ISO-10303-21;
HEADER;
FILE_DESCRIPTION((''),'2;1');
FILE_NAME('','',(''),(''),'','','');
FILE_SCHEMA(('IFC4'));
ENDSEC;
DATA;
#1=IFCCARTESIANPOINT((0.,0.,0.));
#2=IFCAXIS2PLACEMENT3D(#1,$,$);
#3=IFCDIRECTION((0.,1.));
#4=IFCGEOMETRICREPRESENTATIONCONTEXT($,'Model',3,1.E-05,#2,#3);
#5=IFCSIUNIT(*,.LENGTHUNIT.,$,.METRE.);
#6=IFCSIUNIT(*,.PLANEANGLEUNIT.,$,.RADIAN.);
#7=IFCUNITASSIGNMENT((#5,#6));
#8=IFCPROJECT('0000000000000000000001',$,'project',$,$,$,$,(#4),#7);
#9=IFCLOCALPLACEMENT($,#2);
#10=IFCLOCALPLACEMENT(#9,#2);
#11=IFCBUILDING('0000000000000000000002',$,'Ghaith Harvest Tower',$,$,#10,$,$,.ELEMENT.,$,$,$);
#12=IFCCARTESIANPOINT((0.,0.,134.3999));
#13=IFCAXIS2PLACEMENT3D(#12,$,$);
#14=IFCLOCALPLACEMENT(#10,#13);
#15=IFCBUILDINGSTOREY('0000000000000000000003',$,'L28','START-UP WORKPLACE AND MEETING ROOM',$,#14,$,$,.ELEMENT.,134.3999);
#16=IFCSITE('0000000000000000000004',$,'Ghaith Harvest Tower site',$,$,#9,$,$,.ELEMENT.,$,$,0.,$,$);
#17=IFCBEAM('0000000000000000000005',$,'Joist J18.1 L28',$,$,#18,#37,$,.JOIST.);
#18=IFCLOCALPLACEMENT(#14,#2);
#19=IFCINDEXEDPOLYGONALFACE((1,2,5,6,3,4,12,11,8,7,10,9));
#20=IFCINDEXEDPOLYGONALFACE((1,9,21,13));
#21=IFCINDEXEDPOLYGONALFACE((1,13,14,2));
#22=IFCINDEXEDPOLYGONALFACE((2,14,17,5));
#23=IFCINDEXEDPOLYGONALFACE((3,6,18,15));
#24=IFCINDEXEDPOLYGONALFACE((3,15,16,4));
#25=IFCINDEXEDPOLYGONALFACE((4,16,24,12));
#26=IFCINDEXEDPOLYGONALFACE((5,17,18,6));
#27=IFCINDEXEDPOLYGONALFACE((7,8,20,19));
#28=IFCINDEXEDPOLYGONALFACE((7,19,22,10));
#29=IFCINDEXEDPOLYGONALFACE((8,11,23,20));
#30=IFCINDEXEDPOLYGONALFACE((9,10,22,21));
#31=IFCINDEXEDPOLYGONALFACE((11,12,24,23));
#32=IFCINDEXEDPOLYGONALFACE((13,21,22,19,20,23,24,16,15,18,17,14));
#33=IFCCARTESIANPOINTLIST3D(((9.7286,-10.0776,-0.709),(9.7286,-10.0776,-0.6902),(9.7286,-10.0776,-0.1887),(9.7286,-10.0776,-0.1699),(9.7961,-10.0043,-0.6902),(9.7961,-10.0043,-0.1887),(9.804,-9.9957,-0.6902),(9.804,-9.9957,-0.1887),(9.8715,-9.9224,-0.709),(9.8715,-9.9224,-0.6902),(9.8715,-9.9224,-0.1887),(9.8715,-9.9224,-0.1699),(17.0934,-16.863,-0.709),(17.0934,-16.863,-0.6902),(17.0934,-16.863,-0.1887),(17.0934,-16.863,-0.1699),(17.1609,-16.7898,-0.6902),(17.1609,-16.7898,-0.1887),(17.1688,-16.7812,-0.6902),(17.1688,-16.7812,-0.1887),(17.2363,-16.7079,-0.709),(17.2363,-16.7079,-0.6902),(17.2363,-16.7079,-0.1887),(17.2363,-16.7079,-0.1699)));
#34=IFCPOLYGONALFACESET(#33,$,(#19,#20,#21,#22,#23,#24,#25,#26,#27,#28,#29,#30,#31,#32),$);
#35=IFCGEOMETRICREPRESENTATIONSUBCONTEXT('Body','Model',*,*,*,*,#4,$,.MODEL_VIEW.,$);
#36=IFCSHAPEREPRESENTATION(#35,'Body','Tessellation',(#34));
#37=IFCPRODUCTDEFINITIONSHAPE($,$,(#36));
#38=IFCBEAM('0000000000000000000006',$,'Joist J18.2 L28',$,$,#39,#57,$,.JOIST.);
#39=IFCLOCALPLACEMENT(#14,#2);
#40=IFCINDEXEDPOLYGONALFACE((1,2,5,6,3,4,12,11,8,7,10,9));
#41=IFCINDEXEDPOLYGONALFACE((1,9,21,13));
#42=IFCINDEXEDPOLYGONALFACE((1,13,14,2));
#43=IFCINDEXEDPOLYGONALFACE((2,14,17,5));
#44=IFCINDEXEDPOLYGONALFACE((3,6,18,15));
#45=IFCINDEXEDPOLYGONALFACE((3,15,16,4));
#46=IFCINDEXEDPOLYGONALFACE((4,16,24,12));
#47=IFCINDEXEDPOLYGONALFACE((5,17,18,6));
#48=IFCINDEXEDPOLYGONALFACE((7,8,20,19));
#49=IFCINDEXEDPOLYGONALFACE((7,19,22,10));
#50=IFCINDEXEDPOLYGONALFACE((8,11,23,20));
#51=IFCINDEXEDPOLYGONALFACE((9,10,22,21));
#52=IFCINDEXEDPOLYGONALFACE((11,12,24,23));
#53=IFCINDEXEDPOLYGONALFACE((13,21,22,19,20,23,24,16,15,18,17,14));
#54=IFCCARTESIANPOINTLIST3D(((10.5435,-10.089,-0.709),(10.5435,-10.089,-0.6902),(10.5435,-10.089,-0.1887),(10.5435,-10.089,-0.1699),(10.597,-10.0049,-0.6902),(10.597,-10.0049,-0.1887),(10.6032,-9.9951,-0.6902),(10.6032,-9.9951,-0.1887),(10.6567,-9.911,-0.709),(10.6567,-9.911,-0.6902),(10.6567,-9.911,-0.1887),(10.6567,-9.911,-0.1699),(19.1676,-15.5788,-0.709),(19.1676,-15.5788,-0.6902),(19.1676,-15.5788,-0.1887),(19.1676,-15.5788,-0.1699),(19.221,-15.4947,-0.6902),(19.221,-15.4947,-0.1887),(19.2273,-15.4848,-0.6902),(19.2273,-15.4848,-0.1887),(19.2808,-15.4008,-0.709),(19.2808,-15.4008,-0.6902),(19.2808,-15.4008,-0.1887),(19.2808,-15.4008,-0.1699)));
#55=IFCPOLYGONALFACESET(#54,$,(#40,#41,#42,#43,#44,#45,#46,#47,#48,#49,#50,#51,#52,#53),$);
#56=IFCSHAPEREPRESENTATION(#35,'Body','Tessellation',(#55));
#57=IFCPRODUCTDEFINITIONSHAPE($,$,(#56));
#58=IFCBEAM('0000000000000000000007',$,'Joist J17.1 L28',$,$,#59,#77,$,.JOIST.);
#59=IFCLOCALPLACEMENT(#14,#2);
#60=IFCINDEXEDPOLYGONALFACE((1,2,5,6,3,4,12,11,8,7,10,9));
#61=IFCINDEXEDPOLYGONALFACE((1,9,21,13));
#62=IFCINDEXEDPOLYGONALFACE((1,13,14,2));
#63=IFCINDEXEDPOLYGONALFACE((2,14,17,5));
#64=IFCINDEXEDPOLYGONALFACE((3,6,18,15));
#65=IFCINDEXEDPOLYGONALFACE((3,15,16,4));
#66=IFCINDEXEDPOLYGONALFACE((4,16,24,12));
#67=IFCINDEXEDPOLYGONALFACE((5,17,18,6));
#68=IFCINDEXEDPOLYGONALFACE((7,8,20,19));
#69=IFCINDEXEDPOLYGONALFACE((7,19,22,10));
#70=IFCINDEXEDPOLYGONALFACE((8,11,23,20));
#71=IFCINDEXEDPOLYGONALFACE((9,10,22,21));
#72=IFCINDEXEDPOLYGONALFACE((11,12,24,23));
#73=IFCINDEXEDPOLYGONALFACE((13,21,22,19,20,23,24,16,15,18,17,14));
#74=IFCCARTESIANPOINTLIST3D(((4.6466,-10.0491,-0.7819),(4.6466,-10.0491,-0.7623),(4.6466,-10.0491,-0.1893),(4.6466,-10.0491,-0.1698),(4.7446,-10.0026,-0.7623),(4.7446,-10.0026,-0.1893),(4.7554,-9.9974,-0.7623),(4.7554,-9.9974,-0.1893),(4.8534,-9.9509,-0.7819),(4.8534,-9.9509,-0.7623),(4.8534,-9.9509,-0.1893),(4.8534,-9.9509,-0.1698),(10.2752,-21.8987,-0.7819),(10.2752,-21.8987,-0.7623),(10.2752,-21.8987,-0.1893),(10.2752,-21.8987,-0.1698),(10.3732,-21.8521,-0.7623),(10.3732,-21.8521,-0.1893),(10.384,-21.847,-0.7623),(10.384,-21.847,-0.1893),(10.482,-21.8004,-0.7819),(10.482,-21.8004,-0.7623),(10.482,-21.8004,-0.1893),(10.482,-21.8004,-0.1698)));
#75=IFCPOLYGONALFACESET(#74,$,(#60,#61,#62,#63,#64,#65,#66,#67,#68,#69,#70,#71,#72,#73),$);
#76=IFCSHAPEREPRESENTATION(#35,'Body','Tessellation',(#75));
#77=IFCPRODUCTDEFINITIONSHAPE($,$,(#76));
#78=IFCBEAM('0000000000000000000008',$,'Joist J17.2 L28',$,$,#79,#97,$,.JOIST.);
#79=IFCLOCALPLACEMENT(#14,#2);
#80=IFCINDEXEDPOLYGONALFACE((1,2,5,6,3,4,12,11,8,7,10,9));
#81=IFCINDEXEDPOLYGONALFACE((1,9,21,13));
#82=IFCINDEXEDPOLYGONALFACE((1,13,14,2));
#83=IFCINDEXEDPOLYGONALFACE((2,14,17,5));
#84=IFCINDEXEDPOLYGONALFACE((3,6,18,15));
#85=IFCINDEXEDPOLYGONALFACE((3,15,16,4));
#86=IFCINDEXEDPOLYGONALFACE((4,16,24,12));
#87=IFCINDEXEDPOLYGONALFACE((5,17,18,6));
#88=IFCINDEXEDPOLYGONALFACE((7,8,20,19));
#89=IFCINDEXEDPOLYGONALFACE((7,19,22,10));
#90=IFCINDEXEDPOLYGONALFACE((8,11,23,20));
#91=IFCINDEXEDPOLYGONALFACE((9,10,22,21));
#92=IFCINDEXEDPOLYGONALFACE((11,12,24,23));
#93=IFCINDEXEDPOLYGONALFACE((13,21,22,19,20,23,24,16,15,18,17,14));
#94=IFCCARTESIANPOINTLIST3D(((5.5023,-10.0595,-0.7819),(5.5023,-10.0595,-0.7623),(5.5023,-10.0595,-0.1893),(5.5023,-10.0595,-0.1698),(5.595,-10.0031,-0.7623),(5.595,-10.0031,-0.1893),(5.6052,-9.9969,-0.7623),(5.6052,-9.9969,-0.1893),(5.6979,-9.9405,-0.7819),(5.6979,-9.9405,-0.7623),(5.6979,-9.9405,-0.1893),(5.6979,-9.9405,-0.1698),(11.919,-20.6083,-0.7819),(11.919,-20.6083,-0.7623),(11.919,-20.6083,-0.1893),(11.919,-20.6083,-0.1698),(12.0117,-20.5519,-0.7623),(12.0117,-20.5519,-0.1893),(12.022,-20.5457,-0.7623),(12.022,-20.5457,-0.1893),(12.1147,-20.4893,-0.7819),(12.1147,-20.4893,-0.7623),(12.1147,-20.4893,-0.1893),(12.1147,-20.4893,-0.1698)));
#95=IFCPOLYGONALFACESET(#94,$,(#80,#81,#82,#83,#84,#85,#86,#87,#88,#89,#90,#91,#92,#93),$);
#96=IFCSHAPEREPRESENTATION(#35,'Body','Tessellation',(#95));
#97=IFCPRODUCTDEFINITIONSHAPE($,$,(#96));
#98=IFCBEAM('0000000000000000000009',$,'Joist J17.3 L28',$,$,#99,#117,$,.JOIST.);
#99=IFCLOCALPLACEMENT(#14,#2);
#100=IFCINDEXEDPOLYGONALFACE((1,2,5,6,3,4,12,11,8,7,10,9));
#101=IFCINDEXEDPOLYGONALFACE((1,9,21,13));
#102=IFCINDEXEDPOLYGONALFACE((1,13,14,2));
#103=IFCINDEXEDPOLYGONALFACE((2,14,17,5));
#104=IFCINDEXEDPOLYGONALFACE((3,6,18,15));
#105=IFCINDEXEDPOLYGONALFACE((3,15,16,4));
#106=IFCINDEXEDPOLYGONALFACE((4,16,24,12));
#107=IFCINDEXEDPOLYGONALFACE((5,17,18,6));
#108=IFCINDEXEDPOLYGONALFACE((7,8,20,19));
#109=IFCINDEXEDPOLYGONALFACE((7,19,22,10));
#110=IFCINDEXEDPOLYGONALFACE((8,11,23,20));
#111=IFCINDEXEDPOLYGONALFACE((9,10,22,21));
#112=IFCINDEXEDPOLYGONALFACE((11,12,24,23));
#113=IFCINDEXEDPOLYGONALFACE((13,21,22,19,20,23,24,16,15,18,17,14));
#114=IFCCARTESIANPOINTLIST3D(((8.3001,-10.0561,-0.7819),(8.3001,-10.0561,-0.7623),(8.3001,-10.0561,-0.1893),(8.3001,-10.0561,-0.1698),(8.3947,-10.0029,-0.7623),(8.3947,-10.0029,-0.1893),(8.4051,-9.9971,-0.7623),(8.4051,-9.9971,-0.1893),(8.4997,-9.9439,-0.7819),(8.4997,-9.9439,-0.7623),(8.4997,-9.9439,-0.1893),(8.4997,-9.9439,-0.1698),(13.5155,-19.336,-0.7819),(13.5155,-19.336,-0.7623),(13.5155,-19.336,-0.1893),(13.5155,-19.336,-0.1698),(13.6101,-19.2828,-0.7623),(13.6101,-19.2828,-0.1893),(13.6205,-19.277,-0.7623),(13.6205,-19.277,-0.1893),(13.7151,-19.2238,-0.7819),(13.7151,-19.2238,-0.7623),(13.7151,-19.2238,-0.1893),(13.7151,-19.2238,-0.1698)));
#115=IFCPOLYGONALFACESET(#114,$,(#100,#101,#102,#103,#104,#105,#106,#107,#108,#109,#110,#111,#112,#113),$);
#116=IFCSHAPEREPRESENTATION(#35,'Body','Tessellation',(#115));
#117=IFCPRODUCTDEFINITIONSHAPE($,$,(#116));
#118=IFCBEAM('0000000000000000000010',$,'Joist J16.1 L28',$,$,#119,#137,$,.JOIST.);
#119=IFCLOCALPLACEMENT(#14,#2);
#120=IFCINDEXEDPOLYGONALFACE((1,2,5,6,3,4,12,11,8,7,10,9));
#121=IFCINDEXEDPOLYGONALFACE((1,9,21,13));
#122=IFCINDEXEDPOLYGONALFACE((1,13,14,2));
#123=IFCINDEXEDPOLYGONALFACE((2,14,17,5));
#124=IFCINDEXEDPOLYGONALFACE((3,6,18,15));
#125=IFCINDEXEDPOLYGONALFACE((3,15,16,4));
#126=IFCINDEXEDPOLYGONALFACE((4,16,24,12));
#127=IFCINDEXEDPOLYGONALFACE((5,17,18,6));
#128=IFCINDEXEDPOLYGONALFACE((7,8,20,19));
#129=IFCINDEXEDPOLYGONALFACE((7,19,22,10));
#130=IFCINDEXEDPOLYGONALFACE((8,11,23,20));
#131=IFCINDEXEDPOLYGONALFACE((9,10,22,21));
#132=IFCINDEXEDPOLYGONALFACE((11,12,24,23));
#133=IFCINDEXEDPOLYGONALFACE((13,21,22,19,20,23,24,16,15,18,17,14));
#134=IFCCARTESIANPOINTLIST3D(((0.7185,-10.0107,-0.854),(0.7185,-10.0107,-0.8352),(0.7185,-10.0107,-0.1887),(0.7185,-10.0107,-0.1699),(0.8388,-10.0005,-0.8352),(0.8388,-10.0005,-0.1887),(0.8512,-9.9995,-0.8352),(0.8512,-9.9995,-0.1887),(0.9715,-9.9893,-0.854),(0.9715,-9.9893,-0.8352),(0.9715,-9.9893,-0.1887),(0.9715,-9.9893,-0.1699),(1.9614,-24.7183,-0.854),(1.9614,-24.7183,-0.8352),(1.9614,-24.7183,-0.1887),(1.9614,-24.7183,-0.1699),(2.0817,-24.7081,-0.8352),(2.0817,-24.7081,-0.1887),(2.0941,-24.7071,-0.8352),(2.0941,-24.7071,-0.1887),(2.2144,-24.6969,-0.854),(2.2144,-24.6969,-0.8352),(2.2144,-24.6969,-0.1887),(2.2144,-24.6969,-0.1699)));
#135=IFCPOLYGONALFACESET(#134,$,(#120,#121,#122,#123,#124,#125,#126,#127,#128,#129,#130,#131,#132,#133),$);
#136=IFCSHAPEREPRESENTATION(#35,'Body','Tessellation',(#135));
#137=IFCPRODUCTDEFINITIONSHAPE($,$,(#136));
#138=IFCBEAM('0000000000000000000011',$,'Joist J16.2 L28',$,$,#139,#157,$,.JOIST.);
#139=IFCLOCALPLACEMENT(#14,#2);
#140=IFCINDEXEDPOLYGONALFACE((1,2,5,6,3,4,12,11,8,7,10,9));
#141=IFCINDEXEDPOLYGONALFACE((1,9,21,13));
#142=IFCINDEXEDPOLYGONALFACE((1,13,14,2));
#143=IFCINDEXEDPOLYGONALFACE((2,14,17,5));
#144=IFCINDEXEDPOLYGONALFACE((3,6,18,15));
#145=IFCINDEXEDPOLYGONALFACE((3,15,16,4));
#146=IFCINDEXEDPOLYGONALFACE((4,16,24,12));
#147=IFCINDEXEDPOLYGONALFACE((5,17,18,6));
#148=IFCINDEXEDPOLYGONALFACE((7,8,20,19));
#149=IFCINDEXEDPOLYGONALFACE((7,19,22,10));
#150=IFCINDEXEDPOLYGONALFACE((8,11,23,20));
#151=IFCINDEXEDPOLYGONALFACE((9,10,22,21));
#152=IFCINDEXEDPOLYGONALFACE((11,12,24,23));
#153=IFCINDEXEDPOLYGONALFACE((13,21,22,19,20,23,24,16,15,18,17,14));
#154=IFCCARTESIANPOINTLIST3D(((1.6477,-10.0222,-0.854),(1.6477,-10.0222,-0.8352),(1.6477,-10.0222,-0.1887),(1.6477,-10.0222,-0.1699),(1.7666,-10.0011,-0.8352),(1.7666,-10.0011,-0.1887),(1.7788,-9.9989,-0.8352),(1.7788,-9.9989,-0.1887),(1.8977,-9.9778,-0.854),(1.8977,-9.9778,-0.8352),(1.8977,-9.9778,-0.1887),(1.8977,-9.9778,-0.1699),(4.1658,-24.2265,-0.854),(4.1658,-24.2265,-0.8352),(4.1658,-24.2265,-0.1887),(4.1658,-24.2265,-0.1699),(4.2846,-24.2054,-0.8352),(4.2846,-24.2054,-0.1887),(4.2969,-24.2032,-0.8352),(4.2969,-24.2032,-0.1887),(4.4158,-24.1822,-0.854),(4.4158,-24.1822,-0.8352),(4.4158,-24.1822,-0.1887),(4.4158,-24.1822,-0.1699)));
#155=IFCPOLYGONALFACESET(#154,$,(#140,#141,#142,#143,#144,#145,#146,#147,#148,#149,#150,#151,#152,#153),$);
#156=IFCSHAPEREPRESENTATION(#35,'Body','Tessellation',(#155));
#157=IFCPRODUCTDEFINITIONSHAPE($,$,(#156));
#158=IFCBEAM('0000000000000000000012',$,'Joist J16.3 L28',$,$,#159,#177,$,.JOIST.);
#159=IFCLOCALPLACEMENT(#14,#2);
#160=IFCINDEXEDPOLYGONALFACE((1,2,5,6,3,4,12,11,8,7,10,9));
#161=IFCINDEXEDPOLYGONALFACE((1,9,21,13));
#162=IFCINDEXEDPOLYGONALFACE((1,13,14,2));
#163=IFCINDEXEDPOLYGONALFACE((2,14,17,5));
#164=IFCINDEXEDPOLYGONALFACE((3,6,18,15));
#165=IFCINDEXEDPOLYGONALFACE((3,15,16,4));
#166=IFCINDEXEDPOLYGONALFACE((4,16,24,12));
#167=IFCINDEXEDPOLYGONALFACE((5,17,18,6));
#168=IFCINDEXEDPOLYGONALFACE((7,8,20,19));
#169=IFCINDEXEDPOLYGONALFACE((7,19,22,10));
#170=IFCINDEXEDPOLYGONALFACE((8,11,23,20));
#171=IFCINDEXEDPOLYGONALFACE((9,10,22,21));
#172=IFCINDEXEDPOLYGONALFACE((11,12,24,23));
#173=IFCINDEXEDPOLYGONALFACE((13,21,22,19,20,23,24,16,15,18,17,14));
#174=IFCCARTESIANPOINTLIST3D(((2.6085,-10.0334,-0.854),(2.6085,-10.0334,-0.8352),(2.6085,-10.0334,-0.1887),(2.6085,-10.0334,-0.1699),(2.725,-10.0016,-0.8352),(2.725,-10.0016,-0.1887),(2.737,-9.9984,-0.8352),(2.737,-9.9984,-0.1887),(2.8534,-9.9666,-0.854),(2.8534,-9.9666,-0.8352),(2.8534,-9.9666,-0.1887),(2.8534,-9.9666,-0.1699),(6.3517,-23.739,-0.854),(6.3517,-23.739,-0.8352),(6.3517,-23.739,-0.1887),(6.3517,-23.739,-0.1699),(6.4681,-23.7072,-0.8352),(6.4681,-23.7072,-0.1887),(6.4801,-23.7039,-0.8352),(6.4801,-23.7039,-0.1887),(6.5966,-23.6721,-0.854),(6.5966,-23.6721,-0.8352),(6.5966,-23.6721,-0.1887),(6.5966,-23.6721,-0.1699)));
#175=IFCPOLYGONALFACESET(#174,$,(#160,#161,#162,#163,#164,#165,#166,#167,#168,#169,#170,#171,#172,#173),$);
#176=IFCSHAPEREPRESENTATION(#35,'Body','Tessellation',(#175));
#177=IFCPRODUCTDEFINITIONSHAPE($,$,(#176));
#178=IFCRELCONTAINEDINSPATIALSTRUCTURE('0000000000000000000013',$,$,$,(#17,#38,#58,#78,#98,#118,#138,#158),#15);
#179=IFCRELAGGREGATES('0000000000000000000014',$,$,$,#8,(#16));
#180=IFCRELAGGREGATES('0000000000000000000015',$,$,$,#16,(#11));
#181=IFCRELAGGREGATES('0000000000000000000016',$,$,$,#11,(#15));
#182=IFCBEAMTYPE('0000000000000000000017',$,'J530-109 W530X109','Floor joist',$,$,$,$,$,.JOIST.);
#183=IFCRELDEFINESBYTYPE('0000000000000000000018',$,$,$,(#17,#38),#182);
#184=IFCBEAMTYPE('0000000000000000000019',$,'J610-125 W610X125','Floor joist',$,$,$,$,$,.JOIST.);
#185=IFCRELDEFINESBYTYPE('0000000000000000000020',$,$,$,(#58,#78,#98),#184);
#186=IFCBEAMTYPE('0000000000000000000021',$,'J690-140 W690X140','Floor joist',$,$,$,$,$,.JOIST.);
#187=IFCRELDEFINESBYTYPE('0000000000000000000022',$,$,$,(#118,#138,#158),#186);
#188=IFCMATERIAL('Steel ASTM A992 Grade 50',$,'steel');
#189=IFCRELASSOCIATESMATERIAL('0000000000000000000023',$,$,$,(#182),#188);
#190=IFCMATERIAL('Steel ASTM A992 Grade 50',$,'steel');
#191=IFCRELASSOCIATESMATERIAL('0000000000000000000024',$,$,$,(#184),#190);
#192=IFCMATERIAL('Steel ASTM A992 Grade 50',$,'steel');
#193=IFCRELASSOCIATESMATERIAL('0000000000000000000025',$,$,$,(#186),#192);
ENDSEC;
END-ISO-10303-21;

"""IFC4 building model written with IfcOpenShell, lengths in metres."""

from ifc_helpers import new_model, si_unit, direction, frame, origin, origin_2d, place, context, subcontext, project, spatial, i_section, extrude, material, material_profile, profile_set, type_object, element, save


model = new_model("IFC4")

# Units and contexts
model_context = context("Model", 3, precision=1e-05, world=origin(), true_north=direction((0.0, 1.0)))
body_context = subcontext(model_context, "Body", "Model", "MODEL_VIEW")
ifc_project = project(units=[si_unit("LENGTHUNIT", "METRE"), si_unit("PLANEANGLEUNIT", "RADIAN")], contexts=[model_context])

# Site, building, storey
site_placement = place(None, origin())
site = spatial("IfcSite", under=ifc_project, at=site_placement, Name="Ghaith Harvest Tower site", CompositionType="ELEMENT", RefElevation=0.0)
building_placement = place(site_placement, origin())
building = spatial("IfcBuilding", under=site, at=building_placement, Name="Ghaith Harvest Tower", CompositionType="ELEMENT")
storey_placement = place(building_placement, frame((0.0, 0.0, 134.3999)))
storey = spatial("IfcBuildingStorey", under=building, at=storey_placement, Name="L28", Description="START-UP WORKPLACE AND MEETING ROOM", CompositionType="ELEMENT", Elevation=134.3999)

# Beams
ifc_material_1 = material(Name="Steel ASTM A992 Grade 50", Category="steel")
ifc_material_profile_1 = material_profile(ifc_material_1, i_section(OverallWidth=0.2109, OverallDepth=0.5391, WebThickness=0.0117, FlangeThickness=0.0188, at=origin_2d()), Name="W530X109")
ifc_profile_set_1 = profile_set([ifc_material_profile_1], Name="Steel ASTM A992 Grade 50")
beam_type_1 = type_object("IfcBeamType", Name="J530-109 W530X109", Description="Floor joist", PredefinedType="JOIST", material=ifc_profile_set_1)
beam_1_placement = place(storey_placement, frame((9.8, -10.0, -0.4395), z_axis=(0.735442, -0.677588, 0.0), x_axis=(0.677588, 0.735442, 0.0)))
element("IfcBeam", 1, at=beam_1_placement, inside=storey, type_object=beam_type_1, Name="Joist J18.1 L28", PredefinedType="JOIST", context=body_context, shape_type="SweptSolid", body=[
    extrude(i_section(OverallWidth=0.2109, OverallDepth=0.5391, WebThickness=0.0117, FlangeThickness=0.0188, at=origin_2d()), origin(), (0.0, 0.0, 1.0), 10.0142),
])
beam_2_placement = place(storey_placement, frame((10.6001, -10.0, -0.4395), z_axis=(0.843585, -0.536996, 0.0), x_axis=(0.536996, 0.843585, 0.0)))
element("IfcBeam", 2, at=beam_2_placement, inside=storey, type_object=beam_type_1, Name="Joist J18.2 L28", PredefinedType="JOIST", context=body_context, shape_type="SweptSolid", body=[
    extrude(i_section(OverallWidth=0.2109, OverallDepth=0.5391, WebThickness=0.0117, FlangeThickness=0.0188, at=origin_2d()), origin(), (0.0, 0.0, 1.0), 10.2231),
])
ifc_material_2 = material(Name="Steel ASTM A992 Grade 50", Category="steel")
ifc_material_profile_2 = material_profile(ifc_material_2, i_section(OverallWidth=0.229, OverallDepth=0.6121, WebThickness=0.012, FlangeThickness=0.0195, at=origin_2d()), Name="W610X125")
ifc_profile_set_2 = profile_set([ifc_material_profile_2], Name="Steel ASTM A992 Grade 50")
beam_type_2 = type_object("IfcBeamType", Name="J610-125 W610X125", Description="Floor joist", PredefinedType="JOIST", material=ifc_profile_set_2)
beam_3_placement = place(storey_placement, frame((4.75, -10.0, -0.4758), z_axis=(0.429063, -0.903275, 0.0), x_axis=(0.903275, 0.429063, 0.0)))
element("IfcBeam", 3, at=beam_3_placement, inside=storey, type_object=beam_type_2, Name="Joist J17.1 L28", PredefinedType="JOIST", context=body_context, shape_type="SweptSolid", body=[
    extrude(i_section(OverallWidth=0.229, OverallDepth=0.6121, WebThickness=0.012, FlangeThickness=0.0195, at=origin_2d()), origin(), (0.0, 0.0, 1.0), 13.1184),
])
beam_4_placement = place(storey_placement, frame((5.6001, -10.0, -0.4758), z_axis=(0.519694, -0.854352, 0.0), x_axis=(0.854352, 0.519694, 0.0)))
element("IfcBeam", 4, at=beam_4_placement, inside=storey, type_object=beam_type_2, Name="Joist J17.2 L28", PredefinedType="JOIST", context=body_context, shape_type="SweptSolid", body=[
    extrude(i_section(OverallWidth=0.229, OverallDepth=0.6121, WebThickness=0.012, FlangeThickness=0.0195, at=origin_2d()), origin(), (0.0, 0.0, 1.0), 12.3472),
])
beam_5_placement = place(storey_placement, frame((8.3999, -10.0, -0.4758), z_axis=(0.489937, -0.871758, 0.0), x_axis=(0.871758, 0.489937, 0.0)))
element("IfcBeam", 5, at=beam_5_placement, inside=storey, type_object=beam_type_2, Name="Joist J17.3 L28", PredefinedType="JOIST", context=body_context, shape_type="SweptSolid", body=[
    extrude(i_section(OverallWidth=0.229, OverallDepth=0.6121, WebThickness=0.012, FlangeThickness=0.0195, at=origin_2d()), origin(), (0.0, 0.0, 1.0), 10.645),
])
ifc_material_3 = material(Name="Steel ASTM A992 Grade 50", Category="steel")
ifc_material_profile_3 = material_profile(ifc_material_3, i_section(OverallWidth=0.2539, OverallDepth=0.6841, WebThickness=0.0125, FlangeThickness=0.0188, at=origin_2d()), Name="W690X140")
ifc_profile_set_3 = profile_set([ifc_material_profile_3], Name="Steel ASTM A992 Grade 50")
beam_type_3 = type_object("IfcBeamType", Name="J690-140 W690X140", Description="Floor joist", PredefinedType="JOIST", material=ifc_profile_set_3)
beam_6_placement = place(storey_placement, frame((0.845, -10.0, -0.512), z_axis=(0.084209, -0.996448, 0.0), x_axis=(0.996448, 0.084209, 0.0)))
element("IfcBeam", 6, at=beam_6_placement, inside=storey, type_object=beam_type_3, Name="Joist J16.1 L28", PredefinedType="JOIST", context=body_context, shape_type="SweptSolid", body=[
    extrude(i_section(OverallWidth=0.2539, OverallDepth=0.6841, WebThickness=0.0125, FlangeThickness=0.0188, at=origin_2d()), origin(), (0.0, 0.0, 1.0), 14.76),
])
beam_7_placement = place(storey_placement, frame((1.7727, -10.0, -0.512), z_axis=(0.174553, -0.984648, 0.0), x_axis=(0.984648, 0.174553, 0.0)))
element("IfcBeam", 7, at=beam_7_placement, inside=storey, type_object=beam_type_3, Name="Joist J16.2 L28", PredefinedType="JOIST", context=body_context, shape_type="SweptSolid", body=[
    extrude(i_section(OverallWidth=0.2539, OverallDepth=0.6841, WebThickness=0.0125, FlangeThickness=0.0188, at=origin_2d()), origin(), (0.0, 0.0, 1.0), 14.4258),
])
beam_8_placement = place(storey_placement, frame((2.731, -10.0, -0.512), z_axis=(0.263463, -0.964669, 0.0), x_axis=(0.964669, 0.263463, 0.0)))
element("IfcBeam", 8, at=beam_8_placement, inside=storey, type_object=beam_type_3, Name="Joist J16.3 L28", PredefinedType="JOIST", context=body_context, shape_type="SweptSolid", body=[
    extrude(i_section(OverallWidth=0.2539, OverallDepth=0.6841, WebThickness=0.0125, FlangeThickness=0.0188, at=origin_2d()), origin(), (0.0, 0.0, 1.0), 14.2075),
])

save(model, "model.ifc")
